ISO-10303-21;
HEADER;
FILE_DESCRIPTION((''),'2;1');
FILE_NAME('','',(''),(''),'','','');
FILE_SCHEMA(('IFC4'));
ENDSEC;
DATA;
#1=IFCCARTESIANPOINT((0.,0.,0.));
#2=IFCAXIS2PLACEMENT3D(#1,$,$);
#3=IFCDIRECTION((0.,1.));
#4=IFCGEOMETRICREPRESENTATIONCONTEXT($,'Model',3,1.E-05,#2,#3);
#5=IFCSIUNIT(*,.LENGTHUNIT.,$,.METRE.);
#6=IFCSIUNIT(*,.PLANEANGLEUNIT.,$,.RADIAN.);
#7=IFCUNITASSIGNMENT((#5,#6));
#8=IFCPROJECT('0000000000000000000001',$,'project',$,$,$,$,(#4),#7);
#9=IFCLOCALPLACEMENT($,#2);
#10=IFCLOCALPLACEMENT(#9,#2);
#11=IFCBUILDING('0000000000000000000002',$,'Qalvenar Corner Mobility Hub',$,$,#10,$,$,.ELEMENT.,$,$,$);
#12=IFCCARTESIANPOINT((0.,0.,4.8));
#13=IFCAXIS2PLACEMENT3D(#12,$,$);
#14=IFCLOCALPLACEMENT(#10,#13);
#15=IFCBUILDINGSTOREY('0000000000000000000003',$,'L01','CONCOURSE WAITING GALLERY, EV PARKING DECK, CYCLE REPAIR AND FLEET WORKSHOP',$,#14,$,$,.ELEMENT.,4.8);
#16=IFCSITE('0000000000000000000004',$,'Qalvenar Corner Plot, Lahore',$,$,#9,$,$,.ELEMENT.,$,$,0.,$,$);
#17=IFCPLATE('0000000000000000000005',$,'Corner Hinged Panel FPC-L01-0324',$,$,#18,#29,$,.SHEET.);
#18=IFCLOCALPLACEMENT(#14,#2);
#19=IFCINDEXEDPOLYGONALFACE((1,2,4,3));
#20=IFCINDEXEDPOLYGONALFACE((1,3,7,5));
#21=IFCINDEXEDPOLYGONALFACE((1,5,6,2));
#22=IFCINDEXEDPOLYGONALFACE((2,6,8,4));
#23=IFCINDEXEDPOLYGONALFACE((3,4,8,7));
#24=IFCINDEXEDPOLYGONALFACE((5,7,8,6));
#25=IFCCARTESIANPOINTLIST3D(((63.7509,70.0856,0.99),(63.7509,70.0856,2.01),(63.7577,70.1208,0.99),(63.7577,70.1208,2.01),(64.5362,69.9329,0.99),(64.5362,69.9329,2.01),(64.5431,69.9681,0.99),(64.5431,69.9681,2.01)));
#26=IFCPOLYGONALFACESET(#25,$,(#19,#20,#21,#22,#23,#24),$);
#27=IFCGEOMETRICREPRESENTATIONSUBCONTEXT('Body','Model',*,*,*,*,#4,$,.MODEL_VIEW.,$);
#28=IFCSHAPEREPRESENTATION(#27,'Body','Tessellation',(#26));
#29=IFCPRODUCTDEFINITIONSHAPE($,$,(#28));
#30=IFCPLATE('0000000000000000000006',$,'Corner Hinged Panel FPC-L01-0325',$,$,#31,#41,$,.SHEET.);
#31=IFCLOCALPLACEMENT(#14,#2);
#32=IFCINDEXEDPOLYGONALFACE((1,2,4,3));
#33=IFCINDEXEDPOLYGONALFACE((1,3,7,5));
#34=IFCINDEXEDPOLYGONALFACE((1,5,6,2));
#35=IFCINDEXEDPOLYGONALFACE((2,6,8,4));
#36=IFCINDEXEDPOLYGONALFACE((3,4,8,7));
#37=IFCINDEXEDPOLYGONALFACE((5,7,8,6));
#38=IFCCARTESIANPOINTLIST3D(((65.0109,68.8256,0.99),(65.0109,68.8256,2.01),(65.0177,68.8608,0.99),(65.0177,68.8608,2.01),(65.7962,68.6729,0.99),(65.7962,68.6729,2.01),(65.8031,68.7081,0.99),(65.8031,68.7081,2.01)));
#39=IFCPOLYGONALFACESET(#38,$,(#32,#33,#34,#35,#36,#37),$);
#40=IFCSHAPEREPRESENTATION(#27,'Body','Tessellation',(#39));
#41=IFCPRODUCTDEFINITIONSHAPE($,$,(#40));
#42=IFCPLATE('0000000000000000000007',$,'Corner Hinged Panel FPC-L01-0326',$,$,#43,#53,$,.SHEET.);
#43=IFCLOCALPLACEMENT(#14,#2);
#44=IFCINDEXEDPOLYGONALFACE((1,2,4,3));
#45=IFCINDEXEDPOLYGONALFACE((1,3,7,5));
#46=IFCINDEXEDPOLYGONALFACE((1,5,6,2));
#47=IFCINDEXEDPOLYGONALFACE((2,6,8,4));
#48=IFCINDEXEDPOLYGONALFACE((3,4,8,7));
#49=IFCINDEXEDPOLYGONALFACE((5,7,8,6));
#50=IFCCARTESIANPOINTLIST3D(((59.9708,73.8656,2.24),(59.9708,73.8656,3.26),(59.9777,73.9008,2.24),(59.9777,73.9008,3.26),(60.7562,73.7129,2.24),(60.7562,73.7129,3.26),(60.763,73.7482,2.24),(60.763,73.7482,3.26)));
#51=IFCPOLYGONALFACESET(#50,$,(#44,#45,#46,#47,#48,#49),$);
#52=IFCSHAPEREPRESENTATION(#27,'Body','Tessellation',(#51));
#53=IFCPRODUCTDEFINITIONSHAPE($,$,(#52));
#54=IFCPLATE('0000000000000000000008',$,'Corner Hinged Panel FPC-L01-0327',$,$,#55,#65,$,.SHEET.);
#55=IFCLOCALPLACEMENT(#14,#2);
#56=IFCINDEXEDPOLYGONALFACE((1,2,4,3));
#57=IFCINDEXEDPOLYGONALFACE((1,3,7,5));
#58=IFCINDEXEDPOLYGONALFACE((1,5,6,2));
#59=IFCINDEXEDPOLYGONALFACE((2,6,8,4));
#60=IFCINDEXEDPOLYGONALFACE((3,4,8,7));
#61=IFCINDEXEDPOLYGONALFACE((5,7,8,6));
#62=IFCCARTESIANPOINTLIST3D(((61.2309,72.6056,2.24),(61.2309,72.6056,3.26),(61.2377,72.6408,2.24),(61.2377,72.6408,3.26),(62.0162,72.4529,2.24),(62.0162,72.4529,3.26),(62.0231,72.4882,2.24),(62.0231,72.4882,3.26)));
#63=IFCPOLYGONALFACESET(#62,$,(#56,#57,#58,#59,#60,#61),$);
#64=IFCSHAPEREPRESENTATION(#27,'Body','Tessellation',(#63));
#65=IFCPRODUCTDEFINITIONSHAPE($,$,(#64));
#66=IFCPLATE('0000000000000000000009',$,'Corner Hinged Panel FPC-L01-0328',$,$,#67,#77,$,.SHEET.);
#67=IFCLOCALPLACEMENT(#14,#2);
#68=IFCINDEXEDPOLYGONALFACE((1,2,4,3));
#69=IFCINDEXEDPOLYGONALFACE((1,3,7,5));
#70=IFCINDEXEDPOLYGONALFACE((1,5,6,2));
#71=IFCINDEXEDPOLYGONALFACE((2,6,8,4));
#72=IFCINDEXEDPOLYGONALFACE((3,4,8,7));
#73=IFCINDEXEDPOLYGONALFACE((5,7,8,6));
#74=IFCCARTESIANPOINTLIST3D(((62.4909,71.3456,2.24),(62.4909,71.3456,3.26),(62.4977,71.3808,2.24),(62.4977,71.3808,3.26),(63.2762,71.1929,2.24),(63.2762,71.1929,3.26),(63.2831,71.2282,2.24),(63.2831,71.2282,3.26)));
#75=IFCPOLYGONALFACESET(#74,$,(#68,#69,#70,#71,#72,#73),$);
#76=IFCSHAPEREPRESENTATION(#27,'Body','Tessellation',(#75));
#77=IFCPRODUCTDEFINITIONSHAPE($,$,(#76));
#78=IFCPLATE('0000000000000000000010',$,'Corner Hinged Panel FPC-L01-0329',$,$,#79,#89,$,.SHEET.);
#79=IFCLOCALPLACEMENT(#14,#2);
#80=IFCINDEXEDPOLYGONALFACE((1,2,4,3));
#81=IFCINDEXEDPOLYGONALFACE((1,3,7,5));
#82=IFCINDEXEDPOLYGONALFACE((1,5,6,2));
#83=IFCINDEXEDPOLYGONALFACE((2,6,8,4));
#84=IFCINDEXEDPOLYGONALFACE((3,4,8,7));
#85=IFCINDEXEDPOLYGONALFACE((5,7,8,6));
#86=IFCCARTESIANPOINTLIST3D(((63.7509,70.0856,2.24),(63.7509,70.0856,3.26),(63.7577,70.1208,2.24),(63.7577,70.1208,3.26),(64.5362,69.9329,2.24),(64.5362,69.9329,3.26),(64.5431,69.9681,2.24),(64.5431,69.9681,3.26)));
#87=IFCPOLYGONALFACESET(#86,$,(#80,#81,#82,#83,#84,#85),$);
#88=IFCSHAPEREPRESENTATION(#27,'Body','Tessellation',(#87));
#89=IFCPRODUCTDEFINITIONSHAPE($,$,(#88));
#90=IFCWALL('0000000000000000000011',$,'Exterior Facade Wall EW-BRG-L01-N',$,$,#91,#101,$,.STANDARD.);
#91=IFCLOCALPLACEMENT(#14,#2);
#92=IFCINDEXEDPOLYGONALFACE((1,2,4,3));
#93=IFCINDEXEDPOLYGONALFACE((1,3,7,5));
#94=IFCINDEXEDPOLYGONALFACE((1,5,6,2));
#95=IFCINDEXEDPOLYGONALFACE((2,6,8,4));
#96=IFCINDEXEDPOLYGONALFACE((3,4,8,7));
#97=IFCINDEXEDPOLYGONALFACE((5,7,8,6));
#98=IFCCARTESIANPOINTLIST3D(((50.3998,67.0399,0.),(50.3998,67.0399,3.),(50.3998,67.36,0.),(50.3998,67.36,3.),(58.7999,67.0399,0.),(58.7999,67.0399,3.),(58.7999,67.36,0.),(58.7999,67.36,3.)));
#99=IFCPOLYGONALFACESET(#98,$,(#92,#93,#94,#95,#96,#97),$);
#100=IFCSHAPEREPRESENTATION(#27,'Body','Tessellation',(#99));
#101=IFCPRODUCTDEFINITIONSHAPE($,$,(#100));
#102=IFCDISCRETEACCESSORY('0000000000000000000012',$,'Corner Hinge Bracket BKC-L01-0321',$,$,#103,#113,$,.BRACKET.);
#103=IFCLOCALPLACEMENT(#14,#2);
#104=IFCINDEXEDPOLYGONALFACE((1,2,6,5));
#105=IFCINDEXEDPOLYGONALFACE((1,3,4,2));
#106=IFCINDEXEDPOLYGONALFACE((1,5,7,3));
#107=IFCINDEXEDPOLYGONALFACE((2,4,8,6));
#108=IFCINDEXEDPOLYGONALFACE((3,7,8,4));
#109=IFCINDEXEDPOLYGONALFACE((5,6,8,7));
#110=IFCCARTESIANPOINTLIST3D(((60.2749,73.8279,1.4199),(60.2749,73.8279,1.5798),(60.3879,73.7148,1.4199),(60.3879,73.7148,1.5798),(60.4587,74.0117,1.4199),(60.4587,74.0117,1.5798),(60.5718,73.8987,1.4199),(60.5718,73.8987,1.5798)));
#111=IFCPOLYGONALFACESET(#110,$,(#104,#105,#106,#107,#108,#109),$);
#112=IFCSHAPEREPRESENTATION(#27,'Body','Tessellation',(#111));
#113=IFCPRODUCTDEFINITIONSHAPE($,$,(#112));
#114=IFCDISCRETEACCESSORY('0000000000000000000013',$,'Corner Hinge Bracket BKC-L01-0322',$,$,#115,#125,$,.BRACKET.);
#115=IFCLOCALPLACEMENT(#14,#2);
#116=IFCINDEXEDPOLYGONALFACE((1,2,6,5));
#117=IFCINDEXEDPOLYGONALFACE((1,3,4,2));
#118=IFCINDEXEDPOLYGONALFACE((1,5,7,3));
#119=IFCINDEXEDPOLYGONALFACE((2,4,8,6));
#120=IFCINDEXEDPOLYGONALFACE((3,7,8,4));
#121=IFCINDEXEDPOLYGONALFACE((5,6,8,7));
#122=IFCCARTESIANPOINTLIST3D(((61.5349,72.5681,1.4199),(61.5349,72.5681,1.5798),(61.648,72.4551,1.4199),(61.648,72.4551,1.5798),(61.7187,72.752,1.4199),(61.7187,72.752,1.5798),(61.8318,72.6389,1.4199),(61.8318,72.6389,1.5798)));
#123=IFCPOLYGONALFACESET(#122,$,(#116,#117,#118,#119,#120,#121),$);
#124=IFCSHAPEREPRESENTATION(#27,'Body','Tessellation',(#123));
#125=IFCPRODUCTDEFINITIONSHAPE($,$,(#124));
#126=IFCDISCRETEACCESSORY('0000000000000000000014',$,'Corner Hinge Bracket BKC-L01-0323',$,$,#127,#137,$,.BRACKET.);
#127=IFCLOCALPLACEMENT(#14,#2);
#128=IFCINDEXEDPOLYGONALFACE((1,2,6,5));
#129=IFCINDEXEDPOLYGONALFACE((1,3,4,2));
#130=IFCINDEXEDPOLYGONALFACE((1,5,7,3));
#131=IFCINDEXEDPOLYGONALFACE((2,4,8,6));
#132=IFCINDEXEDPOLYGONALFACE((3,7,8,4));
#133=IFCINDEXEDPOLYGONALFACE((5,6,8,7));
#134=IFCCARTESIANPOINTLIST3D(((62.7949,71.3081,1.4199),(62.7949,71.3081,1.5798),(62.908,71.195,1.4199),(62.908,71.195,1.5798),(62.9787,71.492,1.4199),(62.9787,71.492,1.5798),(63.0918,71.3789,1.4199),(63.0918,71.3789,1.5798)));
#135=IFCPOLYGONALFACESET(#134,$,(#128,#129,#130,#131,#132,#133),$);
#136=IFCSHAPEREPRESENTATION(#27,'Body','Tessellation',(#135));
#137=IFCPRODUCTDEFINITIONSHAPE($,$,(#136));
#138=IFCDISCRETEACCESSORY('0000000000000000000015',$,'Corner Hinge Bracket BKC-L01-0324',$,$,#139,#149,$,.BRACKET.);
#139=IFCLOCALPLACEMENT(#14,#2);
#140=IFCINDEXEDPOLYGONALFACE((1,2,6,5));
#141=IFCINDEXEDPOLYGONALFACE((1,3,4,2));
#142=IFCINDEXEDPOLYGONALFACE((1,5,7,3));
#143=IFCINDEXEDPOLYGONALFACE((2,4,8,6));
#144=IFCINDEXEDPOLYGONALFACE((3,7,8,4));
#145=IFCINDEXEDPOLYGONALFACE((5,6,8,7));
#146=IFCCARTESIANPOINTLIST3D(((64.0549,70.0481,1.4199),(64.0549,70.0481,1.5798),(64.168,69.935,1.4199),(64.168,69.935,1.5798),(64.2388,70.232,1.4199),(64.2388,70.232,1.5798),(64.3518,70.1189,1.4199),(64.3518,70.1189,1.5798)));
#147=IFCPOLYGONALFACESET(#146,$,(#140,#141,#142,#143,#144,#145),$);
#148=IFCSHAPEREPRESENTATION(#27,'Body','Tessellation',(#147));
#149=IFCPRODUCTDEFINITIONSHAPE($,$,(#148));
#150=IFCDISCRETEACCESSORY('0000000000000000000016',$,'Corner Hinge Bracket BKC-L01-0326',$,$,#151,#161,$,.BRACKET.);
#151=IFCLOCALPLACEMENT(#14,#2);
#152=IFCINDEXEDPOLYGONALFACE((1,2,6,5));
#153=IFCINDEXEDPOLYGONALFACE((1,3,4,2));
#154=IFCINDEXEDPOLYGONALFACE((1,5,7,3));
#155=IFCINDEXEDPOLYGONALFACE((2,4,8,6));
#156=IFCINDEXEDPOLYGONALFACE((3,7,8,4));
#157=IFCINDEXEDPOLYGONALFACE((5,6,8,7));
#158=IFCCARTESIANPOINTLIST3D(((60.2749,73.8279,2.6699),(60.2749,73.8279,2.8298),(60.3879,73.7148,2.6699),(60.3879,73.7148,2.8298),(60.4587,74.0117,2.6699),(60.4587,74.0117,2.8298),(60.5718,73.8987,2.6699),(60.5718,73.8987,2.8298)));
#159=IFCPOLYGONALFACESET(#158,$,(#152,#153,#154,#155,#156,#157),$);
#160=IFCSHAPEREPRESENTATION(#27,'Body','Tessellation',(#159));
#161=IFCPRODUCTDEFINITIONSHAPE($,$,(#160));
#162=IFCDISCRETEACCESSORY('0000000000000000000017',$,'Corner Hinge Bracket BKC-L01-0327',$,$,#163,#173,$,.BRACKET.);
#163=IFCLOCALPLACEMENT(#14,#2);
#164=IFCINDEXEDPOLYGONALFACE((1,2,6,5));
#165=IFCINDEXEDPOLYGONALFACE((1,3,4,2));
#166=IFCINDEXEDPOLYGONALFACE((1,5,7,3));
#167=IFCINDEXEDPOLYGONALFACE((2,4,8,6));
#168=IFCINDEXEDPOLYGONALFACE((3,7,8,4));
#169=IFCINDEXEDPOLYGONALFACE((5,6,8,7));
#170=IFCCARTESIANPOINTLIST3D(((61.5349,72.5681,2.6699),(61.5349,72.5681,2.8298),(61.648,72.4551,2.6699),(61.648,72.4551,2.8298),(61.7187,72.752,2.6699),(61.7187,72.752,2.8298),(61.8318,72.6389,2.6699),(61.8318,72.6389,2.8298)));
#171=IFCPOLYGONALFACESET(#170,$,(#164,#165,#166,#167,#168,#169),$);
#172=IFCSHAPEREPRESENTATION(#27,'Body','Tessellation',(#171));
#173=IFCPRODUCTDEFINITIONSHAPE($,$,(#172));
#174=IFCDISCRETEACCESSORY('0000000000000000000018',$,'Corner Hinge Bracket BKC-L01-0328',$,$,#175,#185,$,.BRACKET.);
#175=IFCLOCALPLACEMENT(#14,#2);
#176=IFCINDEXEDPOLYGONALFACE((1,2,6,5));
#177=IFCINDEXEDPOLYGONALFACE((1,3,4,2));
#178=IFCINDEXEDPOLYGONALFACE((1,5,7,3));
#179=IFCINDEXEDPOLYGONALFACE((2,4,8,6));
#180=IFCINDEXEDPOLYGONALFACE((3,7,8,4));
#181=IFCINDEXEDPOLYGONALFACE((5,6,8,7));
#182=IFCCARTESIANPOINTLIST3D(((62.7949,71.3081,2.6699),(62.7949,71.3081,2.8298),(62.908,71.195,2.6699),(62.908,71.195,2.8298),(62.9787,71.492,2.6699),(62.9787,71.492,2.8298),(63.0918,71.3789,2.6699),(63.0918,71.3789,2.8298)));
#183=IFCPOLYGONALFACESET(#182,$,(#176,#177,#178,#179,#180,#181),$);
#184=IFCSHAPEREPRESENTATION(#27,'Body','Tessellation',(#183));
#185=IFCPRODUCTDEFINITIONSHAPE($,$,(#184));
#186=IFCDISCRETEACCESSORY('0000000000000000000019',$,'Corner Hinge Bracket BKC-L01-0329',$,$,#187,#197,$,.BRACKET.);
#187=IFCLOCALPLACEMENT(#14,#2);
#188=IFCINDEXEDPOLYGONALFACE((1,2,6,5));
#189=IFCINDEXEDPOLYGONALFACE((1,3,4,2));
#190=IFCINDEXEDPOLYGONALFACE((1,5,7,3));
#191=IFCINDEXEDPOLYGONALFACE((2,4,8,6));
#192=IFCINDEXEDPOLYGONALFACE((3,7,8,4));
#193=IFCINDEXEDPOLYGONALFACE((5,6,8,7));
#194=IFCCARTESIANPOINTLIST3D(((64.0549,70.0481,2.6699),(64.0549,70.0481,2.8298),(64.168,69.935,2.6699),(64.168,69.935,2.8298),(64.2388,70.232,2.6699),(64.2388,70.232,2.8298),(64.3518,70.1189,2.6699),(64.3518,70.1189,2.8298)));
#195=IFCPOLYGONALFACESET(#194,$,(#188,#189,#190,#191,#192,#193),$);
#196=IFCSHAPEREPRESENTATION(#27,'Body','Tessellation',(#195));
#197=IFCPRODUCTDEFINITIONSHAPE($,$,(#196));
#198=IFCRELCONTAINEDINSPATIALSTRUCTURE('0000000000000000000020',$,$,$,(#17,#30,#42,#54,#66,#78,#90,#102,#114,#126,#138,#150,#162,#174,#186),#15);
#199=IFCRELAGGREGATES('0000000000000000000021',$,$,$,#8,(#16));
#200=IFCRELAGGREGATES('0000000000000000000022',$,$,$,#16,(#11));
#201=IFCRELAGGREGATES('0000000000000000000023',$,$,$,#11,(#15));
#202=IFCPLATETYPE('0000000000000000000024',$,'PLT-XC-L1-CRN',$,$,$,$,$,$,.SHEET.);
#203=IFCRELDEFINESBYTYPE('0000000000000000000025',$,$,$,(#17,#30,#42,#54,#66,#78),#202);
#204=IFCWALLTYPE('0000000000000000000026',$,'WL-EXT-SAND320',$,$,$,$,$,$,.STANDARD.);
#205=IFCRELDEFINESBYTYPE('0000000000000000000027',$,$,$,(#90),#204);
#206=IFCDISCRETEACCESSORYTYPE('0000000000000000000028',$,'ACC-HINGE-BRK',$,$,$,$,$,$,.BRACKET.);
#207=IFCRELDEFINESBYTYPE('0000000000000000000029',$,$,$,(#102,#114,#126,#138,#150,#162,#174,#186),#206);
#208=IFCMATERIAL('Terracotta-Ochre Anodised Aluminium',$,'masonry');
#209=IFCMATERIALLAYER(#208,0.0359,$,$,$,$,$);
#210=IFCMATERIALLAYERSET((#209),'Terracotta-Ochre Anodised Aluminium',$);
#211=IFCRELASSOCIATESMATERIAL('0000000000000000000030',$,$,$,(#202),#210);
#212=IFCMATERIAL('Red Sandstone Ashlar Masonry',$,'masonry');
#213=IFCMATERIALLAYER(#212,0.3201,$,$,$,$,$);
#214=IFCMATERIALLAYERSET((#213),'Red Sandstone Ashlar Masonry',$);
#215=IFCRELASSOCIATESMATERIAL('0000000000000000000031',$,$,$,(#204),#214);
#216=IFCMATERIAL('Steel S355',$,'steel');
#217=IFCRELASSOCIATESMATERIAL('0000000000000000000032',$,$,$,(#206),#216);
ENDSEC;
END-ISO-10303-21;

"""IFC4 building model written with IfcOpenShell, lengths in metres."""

from ifc_helpers import new_model, si_unit, direction, frame, frame_2d, origin, origin_2d, place, context, subcontext, project, spatial, rectangle, extrude, material, layer, layer_set, type_object, element, save


model = new_model("IFC4")

# Units and contexts
model_context = context("Model", 3, precision=1e-05, world=origin(), true_north=direction((0.0, 1.0)))
body_context = subcontext(model_context, "Body", "Model", "MODEL_VIEW")
ifc_project = project(units=[si_unit("LENGTHUNIT", "METRE"), si_unit("PLANEANGLEUNIT", "RADIAN")], contexts=[model_context])

# Site, building, storey
site_placement = place(None, origin())
site = spatial("IfcSite", under=ifc_project, at=site_placement, Name="Qalvenar Corner Plot, Lahore", CompositionType="ELEMENT", RefElevation=0.0)
building_placement = place(site_placement, origin())
building = spatial("IfcBuilding", under=site, at=building_placement, Name="Qalvenar Corner Mobility Hub", CompositionType="ELEMENT")
storey_placement = place(building_placement, frame((0.0, 0.0, 4.8)))
storey = spatial("IfcBuildingStorey", under=building, at=storey_placement, Name="L01", Description="CONCOURSE WAITING GALLERY, EV PARKING DECK, CYCLE REPAIR AND FLEET WORKSHOP", CompositionType="ELEMENT", Elevation=4.8)

# Shared definitions
ifc_material_1 = material(Name="Steel S355", Category="steel")

# Plates
ifc_material_2 = material(Name="Terracotta-Ochre Anodised Aluminium", Category="masonry")
ifc_layer_1 = layer(ifc_material_2, 0.0359)
ifc_layer_set_1 = layer_set([ifc_layer_1], Name="Terracotta-Ochre Anodised Aluminium")
plate_type_1 = type_object("IfcPlateType", Name="PLT-XC-L1-CRN", PredefinedType="SHEET", material=ifc_layer_set_1)
for number, where, z_axis, x_axis, name in (
    (1, (64.147, 70.0269, 0.99), (0.0, 0.0, 1.0), (0.981627, -0.190809, 0.0), "Corner Hinged Panel FPC-L01-0324"),
    (2, (65.407, 68.7668, 0.99), (0.0, 0.0, 1.0), (0.981627, -0.190809, 0.0), "Corner Hinged Panel FPC-L01-0325"),
    (3, (60.3669, 73.8069, 2.24), (0.0, 0.0, 1.0), (0.981627, -0.190809, 0.0), "Corner Hinged Panel FPC-L01-0326"),
    (4, (61.627, 72.5469, 2.24), (0.0, 0.0, 1.0), (0.981627, -0.190809, 0.0), "Corner Hinged Panel FPC-L01-0327"),
    (5, (62.887, 71.2869, 2.24), (0.0, 0.0, 1.0), (0.981627, -0.190809, 0.0), "Corner Hinged Panel FPC-L01-0328"),
    (6, (64.147, 70.0269, 2.24), (0.0, 0.0, 1.0), (0.981627, -0.190809, 0.0), "Corner Hinged Panel FPC-L01-0329"),
):
    element("IfcPlate", number, at=place(storey_placement, frame(where, z_axis=z_axis, x_axis=x_axis)), inside=storey, type_object=plate_type_1, Name=name, PredefinedType="SHEET", context=body_context, shape_type="SweptSolid", body=[
        extrude(rectangle(XDim=0.8, YDim=0.0359, at=origin_2d()), origin(), (0.0, 0.0, 1.0), 1.02),
    ])

# Wall
ifc_material_3 = material(Name="Red Sandstone Ashlar Masonry", Category="masonry")
ifc_layer_2 = layer(ifc_material_3, 0.3201)
ifc_layer_set_2 = layer_set([ifc_layer_2], Name="Red Sandstone Ashlar Masonry")
wall_type = type_object("IfcWallType", Name="WL-EXT-SAND320", PredefinedType="STANDARD", material=ifc_layer_set_2)
wall_placement = place(storey_placement, frame((58.8, 67.2, 0.0), z_axis=(0.0, 0.0, 1.0), x_axis=(-1.0, 0.0, 0.0)))
element("IfcWall", 7, at=wall_placement, inside=storey, type_object=wall_type, Name="Exterior Facade Wall EW-BRG-L01-N", PredefinedType="STANDARD", context=body_context, shape_type="SweptSolid", body=[
    extrude(rectangle(XDim=8.4001, YDim=0.3201, at=frame_2d((4.2002, 0.0))), origin(), (0.0, 0.0, 1.0), 3.0),
])

# Discrete accessories
discrete_accessory_type = type_object("IfcDiscreteAccessoryType", Name="ACC-HINGE-BRK", PredefinedType="BRACKET", material=ifc_material_1)
for number, where, z_axis, x_axis, name in (
    (8, (60.4233, 73.8633, 1.4199), (0.0, 0.0, 1.0), (0.707107, -0.707107, 0.0), "Corner Hinge Bracket BKC-L01-0321"),
    (9, (61.6833, 72.6035, 1.4199), (0.0, 0.0, 1.0), (0.707107, -0.707107, 0.0), "Corner Hinge Bracket BKC-L01-0322"),
    (10, (62.9434, 71.3435, 1.4199), (0.0, 0.0, 1.0), (0.707107, -0.707107, 0.0), "Corner Hinge Bracket BKC-L01-0323"),
    (11, (64.2034, 70.0835, 1.4199), (0.0, 0.0, 1.0), (0.707107, -0.707107, 0.0), "Corner Hinge Bracket BKC-L01-0324"),
    (12, (60.4233, 73.8633, 2.6699), (0.0, 0.0, 1.0), (0.707107, -0.707107, 0.0), "Corner Hinge Bracket BKC-L01-0326"),
    (13, (61.6833, 72.6035, 2.6699), (0.0, 0.0, 1.0), (0.707107, -0.707107, 0.0), "Corner Hinge Bracket BKC-L01-0327"),
    (14, (62.9434, 71.3435, 2.6699), (0.0, 0.0, 1.0), (0.707107, -0.707107, 0.0), "Corner Hinge Bracket BKC-L01-0328"),
    (15, (64.2034, 70.0835, 2.6699), (0.0, 0.0, 1.0), (0.707107, -0.707107, 0.0), "Corner Hinge Bracket BKC-L01-0329"),
):
    element("IfcDiscreteAccessory", number, at=place(storey_placement, frame(where, z_axis=z_axis, x_axis=x_axis)), inside=storey, type_object=discrete_accessory_type, Name=name, PredefinedType="BRACKET", context=body_context, shape_type="SweptSolid", body=[
        extrude(rectangle(XDim=0.1599, YDim=0.26, at=origin_2d()), origin(), (0.0, 0.0, 1.0), 0.1599),
    ])

save(model, "model.ifc")
